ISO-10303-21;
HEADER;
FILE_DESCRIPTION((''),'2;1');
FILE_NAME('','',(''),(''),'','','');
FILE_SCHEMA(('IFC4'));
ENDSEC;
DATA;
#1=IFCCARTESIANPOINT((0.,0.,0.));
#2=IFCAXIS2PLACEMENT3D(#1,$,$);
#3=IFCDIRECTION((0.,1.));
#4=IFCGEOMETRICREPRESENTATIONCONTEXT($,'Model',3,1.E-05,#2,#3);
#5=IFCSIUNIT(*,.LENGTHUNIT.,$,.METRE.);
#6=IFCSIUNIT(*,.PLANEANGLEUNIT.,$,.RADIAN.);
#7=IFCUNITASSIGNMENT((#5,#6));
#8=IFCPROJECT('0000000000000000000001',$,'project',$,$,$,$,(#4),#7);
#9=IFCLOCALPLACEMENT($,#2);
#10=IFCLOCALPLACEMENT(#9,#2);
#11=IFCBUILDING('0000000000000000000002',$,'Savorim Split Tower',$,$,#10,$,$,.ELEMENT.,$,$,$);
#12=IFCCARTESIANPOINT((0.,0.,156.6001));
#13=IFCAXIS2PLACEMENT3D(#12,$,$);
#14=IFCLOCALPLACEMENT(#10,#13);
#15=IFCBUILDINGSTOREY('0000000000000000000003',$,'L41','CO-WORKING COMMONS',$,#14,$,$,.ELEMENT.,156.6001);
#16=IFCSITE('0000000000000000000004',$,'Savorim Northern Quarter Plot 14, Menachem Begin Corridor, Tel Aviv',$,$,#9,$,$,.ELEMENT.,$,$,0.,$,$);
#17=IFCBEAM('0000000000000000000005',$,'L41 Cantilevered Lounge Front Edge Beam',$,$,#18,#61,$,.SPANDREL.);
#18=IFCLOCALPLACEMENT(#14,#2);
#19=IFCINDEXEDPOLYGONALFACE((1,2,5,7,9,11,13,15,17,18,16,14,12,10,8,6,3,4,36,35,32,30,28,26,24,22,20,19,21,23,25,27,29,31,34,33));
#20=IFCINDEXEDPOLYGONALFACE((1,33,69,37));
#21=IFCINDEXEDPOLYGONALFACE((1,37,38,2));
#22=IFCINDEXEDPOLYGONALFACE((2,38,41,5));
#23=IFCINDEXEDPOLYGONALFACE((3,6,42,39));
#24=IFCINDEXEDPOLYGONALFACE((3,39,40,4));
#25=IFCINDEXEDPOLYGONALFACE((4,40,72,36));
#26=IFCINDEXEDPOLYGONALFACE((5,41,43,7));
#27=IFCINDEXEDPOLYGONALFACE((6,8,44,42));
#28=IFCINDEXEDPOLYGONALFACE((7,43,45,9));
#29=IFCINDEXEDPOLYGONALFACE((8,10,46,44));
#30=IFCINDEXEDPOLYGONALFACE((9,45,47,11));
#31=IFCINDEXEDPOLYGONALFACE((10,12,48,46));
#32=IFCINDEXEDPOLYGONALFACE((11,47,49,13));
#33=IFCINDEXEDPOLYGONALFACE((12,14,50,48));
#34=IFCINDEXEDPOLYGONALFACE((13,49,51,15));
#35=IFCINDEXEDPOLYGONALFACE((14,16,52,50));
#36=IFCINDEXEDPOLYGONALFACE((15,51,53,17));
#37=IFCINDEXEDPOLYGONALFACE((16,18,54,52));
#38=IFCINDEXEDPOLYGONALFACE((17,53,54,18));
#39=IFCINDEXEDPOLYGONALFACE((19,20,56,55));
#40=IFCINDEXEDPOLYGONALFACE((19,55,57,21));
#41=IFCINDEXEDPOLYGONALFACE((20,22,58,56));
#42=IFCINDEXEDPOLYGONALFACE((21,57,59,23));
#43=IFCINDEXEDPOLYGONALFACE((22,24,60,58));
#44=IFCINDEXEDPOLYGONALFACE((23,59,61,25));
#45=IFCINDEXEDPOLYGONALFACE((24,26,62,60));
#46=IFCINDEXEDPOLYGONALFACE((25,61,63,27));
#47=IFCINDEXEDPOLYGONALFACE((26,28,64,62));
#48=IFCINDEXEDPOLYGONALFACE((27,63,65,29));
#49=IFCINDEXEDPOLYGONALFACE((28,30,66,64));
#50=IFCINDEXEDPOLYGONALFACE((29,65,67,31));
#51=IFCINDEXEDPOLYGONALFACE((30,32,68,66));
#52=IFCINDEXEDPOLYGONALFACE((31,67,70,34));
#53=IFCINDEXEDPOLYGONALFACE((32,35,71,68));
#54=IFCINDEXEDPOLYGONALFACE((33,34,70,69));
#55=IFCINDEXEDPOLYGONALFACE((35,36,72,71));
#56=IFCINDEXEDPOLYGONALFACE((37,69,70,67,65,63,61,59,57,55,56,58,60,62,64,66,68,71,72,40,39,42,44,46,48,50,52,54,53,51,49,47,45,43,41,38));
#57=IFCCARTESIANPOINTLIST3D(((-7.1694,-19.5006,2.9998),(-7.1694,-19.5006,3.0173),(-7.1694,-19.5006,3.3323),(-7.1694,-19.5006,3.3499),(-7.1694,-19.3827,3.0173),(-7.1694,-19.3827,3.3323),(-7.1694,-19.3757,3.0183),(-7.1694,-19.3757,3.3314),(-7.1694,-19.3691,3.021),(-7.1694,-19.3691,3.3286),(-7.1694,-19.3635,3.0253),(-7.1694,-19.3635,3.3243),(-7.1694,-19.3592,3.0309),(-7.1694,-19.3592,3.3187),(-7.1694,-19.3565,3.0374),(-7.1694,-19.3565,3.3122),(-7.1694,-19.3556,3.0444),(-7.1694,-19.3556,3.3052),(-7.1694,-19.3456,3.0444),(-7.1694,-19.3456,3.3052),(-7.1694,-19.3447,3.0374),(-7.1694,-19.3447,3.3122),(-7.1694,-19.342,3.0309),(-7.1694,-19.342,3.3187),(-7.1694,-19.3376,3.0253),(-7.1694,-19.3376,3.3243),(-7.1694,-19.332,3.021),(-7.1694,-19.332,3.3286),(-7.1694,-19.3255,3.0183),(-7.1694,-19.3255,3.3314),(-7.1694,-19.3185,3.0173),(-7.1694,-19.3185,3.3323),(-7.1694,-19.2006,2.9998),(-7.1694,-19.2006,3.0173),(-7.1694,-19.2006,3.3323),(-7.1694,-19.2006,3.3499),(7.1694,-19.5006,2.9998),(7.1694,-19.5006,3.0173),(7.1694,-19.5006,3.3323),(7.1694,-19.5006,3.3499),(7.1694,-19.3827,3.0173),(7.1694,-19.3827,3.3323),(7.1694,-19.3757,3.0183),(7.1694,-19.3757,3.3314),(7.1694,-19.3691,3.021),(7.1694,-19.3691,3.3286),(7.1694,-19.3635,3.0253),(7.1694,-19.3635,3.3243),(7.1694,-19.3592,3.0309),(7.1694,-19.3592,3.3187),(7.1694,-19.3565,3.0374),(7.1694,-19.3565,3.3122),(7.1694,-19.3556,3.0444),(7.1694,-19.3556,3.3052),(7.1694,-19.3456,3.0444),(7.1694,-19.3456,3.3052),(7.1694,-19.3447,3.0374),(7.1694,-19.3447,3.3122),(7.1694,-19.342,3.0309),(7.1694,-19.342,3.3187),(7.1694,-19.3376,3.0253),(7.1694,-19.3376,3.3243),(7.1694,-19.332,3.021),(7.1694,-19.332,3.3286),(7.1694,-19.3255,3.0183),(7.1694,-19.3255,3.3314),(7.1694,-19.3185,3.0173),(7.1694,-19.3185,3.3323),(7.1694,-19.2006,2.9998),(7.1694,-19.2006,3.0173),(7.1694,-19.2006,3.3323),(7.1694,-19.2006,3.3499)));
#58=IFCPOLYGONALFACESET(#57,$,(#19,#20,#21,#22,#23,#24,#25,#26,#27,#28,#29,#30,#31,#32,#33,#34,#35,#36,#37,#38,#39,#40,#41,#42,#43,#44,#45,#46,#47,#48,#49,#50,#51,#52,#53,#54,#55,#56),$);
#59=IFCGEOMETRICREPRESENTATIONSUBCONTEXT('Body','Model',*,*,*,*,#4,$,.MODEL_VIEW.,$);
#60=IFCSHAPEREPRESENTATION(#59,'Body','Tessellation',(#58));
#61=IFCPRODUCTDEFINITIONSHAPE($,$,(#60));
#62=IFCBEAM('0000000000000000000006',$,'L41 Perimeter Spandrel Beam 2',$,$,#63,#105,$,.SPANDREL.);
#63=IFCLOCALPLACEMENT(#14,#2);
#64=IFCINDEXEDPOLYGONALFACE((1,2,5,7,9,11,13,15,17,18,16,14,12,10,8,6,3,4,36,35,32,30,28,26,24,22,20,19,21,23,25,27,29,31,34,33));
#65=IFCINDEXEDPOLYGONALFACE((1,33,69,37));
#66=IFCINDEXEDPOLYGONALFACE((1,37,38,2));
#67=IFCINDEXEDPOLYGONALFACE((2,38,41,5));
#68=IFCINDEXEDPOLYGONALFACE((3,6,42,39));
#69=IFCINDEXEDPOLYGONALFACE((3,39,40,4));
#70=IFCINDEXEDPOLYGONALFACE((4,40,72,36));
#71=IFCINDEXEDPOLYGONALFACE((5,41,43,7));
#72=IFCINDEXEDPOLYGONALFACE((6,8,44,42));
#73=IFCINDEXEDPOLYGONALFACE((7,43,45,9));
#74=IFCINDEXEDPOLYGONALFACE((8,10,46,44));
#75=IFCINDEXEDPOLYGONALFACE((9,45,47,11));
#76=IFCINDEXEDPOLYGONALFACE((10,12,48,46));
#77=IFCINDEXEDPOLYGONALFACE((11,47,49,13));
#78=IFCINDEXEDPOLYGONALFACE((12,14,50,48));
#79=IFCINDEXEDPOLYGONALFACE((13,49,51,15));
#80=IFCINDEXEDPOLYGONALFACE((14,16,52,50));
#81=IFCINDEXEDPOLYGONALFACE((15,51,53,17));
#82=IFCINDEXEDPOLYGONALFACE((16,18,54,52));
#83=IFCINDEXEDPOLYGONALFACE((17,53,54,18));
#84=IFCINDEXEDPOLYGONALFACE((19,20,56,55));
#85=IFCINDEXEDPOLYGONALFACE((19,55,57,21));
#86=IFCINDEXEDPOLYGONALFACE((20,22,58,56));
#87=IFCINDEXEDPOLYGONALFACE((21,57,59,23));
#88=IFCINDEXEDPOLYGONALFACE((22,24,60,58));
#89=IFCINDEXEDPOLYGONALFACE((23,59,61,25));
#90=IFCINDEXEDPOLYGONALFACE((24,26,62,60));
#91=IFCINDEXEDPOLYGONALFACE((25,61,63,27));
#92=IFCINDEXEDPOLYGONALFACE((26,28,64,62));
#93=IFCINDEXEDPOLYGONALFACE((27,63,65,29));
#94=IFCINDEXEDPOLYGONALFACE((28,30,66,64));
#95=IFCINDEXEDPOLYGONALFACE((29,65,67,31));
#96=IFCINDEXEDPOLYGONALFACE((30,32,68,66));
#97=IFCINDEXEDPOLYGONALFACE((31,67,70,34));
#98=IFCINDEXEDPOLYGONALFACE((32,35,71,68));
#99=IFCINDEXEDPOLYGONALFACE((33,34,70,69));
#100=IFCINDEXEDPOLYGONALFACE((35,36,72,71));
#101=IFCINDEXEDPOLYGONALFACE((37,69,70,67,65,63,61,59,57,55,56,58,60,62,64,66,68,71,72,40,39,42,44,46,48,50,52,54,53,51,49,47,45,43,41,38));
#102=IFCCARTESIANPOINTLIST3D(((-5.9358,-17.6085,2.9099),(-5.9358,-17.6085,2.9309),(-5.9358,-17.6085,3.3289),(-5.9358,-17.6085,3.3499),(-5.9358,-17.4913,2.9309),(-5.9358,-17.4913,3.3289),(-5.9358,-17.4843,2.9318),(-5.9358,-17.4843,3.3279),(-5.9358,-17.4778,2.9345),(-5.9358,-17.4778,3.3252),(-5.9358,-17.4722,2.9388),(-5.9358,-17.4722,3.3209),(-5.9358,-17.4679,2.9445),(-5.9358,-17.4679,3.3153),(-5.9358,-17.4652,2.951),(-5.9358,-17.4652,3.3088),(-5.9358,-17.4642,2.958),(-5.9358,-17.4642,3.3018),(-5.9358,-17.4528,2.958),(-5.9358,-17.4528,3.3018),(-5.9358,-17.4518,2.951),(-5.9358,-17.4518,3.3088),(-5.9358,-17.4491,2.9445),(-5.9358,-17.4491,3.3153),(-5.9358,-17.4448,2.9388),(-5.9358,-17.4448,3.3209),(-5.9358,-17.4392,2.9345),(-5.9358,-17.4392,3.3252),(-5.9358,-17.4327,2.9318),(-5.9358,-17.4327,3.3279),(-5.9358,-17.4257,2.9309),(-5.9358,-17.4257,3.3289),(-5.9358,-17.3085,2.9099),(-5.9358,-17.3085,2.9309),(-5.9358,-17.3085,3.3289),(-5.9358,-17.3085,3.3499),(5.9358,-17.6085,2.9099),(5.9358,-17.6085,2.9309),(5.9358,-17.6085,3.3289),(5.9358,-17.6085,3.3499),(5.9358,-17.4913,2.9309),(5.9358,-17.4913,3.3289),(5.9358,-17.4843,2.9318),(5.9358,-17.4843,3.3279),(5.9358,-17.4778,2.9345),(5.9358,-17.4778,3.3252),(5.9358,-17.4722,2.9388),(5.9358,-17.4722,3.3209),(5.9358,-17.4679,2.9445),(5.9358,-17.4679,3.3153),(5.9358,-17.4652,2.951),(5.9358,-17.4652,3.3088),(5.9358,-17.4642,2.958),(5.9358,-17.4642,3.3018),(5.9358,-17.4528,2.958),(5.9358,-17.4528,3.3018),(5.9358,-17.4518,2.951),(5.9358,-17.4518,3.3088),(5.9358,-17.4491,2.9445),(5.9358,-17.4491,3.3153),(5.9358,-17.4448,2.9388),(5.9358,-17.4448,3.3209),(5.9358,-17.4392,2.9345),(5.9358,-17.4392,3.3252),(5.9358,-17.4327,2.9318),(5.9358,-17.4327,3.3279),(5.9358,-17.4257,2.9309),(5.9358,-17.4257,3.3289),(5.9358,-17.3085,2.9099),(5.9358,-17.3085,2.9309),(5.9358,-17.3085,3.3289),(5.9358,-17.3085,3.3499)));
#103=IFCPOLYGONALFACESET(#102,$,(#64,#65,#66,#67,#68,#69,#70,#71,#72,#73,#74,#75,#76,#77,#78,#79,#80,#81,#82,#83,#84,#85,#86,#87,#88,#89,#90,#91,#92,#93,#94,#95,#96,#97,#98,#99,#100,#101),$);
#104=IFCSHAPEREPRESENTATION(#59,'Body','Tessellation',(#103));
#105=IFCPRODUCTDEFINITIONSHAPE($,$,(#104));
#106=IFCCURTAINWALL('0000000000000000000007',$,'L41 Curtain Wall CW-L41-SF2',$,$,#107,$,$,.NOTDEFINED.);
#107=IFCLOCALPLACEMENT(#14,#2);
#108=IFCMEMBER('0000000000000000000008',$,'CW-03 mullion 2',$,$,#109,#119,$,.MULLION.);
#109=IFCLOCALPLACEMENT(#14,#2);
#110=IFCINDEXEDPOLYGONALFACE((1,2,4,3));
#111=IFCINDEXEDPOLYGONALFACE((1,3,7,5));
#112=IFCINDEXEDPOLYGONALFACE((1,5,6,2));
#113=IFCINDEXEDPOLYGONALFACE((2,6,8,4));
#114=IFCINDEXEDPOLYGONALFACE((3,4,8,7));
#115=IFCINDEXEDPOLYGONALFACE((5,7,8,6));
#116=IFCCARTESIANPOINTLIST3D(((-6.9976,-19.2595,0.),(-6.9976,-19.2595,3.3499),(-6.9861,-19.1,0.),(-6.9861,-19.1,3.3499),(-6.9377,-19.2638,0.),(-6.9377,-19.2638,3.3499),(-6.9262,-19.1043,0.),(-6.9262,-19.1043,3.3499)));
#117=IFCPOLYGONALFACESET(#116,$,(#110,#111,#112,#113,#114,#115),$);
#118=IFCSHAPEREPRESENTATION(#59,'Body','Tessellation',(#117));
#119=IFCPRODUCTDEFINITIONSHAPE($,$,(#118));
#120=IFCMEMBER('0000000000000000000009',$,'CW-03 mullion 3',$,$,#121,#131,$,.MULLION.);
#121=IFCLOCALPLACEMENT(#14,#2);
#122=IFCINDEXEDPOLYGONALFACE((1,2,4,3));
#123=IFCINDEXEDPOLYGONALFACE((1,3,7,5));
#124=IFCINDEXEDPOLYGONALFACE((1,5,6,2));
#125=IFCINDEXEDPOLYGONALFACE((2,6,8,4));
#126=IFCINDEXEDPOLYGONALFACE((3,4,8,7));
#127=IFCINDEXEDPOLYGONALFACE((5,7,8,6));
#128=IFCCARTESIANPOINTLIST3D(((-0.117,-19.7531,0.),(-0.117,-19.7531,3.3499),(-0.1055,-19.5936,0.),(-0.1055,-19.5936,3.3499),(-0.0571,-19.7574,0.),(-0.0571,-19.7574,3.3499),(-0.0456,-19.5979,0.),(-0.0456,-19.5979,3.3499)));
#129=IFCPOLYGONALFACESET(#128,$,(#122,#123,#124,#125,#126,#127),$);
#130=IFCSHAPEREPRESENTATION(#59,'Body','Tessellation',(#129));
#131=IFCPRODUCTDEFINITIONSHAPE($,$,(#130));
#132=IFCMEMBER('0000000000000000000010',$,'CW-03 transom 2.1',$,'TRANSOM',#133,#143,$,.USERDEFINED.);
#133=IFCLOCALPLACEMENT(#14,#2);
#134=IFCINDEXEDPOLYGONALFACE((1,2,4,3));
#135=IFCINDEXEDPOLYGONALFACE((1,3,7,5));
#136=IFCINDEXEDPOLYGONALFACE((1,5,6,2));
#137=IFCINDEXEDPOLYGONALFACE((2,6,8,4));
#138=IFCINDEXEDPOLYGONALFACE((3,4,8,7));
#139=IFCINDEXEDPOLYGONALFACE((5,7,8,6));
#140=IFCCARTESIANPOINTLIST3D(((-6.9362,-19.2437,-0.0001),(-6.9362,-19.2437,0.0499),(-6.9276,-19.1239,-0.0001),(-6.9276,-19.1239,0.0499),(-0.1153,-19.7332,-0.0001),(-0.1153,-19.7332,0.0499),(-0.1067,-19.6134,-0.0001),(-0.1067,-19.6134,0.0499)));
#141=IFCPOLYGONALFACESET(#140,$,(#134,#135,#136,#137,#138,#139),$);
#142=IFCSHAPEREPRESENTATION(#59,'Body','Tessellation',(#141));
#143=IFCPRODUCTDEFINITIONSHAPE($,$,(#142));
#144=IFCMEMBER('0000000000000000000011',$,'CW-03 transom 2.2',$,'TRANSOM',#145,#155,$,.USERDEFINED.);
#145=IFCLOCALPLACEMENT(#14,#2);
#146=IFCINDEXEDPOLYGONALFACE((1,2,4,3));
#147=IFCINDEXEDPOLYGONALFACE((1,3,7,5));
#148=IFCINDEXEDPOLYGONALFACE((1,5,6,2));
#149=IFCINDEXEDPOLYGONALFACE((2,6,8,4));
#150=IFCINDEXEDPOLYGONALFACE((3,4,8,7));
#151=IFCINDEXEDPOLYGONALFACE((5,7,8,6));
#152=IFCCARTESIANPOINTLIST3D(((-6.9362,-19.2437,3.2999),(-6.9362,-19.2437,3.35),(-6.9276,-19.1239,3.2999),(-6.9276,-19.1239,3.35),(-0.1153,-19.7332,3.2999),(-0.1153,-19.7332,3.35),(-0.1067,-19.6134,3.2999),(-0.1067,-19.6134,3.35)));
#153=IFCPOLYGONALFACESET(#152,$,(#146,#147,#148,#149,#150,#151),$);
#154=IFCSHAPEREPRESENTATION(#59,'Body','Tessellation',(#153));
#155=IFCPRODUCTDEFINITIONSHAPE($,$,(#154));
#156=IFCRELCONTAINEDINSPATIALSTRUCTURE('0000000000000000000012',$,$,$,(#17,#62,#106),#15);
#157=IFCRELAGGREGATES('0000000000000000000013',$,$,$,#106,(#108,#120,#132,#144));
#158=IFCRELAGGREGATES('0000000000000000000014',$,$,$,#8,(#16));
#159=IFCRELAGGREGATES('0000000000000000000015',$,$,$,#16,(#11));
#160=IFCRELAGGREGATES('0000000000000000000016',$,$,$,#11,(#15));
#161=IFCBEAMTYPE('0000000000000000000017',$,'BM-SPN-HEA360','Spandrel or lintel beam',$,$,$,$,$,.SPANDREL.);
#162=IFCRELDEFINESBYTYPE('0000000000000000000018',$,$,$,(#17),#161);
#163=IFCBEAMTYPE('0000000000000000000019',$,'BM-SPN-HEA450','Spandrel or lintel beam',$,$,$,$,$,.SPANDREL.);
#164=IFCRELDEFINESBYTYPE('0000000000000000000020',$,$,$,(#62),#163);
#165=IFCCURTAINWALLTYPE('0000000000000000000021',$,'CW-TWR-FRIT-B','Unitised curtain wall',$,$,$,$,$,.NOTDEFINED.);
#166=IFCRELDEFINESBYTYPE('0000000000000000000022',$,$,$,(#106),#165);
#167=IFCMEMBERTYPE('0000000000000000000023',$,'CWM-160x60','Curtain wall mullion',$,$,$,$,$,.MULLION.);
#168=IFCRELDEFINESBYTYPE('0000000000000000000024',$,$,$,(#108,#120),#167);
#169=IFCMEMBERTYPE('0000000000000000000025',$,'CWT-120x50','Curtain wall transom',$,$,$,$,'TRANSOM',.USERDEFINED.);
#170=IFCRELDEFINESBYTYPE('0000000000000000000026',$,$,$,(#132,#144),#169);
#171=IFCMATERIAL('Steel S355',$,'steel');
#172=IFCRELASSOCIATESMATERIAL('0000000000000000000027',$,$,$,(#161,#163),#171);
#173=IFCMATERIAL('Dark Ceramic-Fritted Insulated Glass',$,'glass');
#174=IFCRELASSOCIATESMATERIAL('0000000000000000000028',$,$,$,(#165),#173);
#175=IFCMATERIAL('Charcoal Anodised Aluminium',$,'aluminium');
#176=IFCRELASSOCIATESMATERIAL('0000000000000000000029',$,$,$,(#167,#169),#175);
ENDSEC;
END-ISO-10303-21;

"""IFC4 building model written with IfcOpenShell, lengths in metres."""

from ifc_helpers import new_model, si_unit, direction, frame, origin, origin_2d, place, context, subcontext, project, spatial, rectangle, i_section, extrude, material, material_profile, profile_set, type_object, element, aggregate, save


model = new_model("IFC4")

# Units and contexts
model_context = context("Model", 3, precision=1e-05, world=origin(), true_north=direction((0.0, 1.0)))
body_context = subcontext(model_context, "Body", "Model", "MODEL_VIEW")
ifc_project = project(units=[si_unit("LENGTHUNIT", "METRE"), si_unit("PLANEANGLEUNIT", "RADIAN")], contexts=[model_context])

# Site, building, storey
site_placement = place(None, origin())
site = spatial("IfcSite", under=ifc_project, at=site_placement, Name="Savorim Northern Quarter Plot 14, Menachem Begin Corridor, Tel Aviv", CompositionType="ELEMENT", RefElevation=0.0)
building_placement = place(site_placement, origin())
building = spatial("IfcBuilding", under=site, at=building_placement, Name="Savorim Split Tower", CompositionType="ELEMENT")
storey_placement = place(building_placement, frame((0.0, 0.0, 156.6001)))
storey = spatial("IfcBuildingStorey", under=building, at=storey_placement, Name="L41", Description="CO-WORKING COMMONS", CompositionType="ELEMENT", Elevation=156.6001)

# Beams
ifc_material_1 = material(Name="Steel S355", Category="steel")
ifc_material_profile_1 = material_profile(ifc_material_1, i_section(OverallWidth=0.3, OverallDepth=0.3501, WebThickness=0.01, FlangeThickness=0.0176, FilletRadius=0.0271, at=origin_2d()), Name="HEA 360")
ifc_profile_set_1 = profile_set([ifc_material_profile_1], Name="Steel S355")
beam_type_1 = type_object("IfcBeamType", Name="BM-SPN-HEA360", Description="Spandrel or lintel beam", PredefinedType="SPANDREL", material=ifc_profile_set_1)
beam_1_placement = place(storey_placement, frame((-7.1694, -19.3506, 3.1748), z_axis=(1.0, 0.0, 0.0), x_axis=(0.0, 1.0, 0.0)))
element("IfcBeam", 1, at=beam_1_placement, inside=storey, type_object=beam_type_1, Name="L41 Cantilevered Lounge Front Edge Beam", PredefinedType="SPANDREL", context=body_context, shape_type="SweptSolid", body=[
    extrude(i_section(OverallWidth=0.3, OverallDepth=0.3501, WebThickness=0.01, FlangeThickness=0.0176, FilletRadius=0.0271, at=origin_2d()), origin(), (0.0, 0.0, 1.0), 14.3389),
])
ifc_material_profile_2 = material_profile(ifc_material_1, i_section(OverallWidth=0.3, OverallDepth=0.4399, WebThickness=0.0115, FlangeThickness=0.021, FilletRadius=0.0271, at=origin_2d()), Name="HEA 450")
ifc_profile_set_2 = profile_set([ifc_material_profile_2], Name="Steel S355")
beam_type_2 = type_object("IfcBeamType", Name="BM-SPN-HEA450", Description="Spandrel or lintel beam", PredefinedType="SPANDREL", material=ifc_profile_set_2)
beam_2_placement = place(storey_placement, frame((-5.9358, -17.4585, 3.1299), z_axis=(1.0, 0.0, 0.0), x_axis=(0.0, 1.0, 0.0)))
element("IfcBeam", 2, at=beam_2_placement, inside=storey, type_object=beam_type_2, Name="L41 Perimeter Spandrel Beam 2", PredefinedType="SPANDREL", context=body_context, shape_type="SweptSolid", body=[
    extrude(i_section(OverallWidth=0.3, OverallDepth=0.4399, WebThickness=0.0115, FlangeThickness=0.021, FilletRadius=0.0271, at=origin_2d()), origin(), (0.0, 0.0, 1.0), 11.8716),
])

# Curtain wall, members
ifc_material_2 = material(Name="Dark Ceramic-Fritted Insulated Glass", Category="glass")
curtain_wall_type = type_object("IfcCurtainWallType", Name="CW-TWR-FRIT-B", Description="Unitised curtain wall", PredefinedType="NOTDEFINED", material=ifc_material_2)
curtain_wall_placement = place(storey_placement, origin())
curtain_wall = element("IfcCurtainWall", 3, at=curtain_wall_placement, inside=storey, type_object=curtain_wall_type, Name="L41 Curtain Wall CW-L41-SF2", PredefinedType="NOTDEFINED")
ifc_material_3 = material(Name="Charcoal Anodised Aluminium", Category="aluminium")
ifc_material_profile_3 = material_profile(ifc_material_3, rectangle(XDim=0.1599, YDim=0.0601, at=origin_2d()), Name="ALU-M 160x60")
ifc_profile_set_3 = profile_set([ifc_material_profile_3], Name="Charcoal Anodised Aluminium")
member_type_1 = type_object("IfcMemberType", Name="CWM-160x60", Description="Curtain wall mullion", PredefinedType="MULLION", material=ifc_profile_set_3)
member_1_placement = place(storey_placement, frame((-6.9619, -19.1819, 0.0), z_axis=(0.0, 0.0, 1.0), x_axis=(0.071561, 0.997436, 0.0)))
member_1 = element("IfcMember", 4, at=member_1_placement, type_object=member_type_1, Name="CW-03 mullion 2", PredefinedType="MULLION", context=body_context, shape_type="SweptSolid", body=[
    extrude(rectangle(XDim=0.1599, YDim=0.0601, at=origin_2d()), origin(), (0.0, 0.0, 1.0), 3.3499),
])
member_2_placement = place(storey_placement, frame((-0.0813, -19.6755, 0.0), z_axis=(0.0, 0.0, 1.0), x_axis=(0.071561, 0.997436, 0.0)))
member_2 = element("IfcMember", 5, at=member_2_placement, type_object=member_type_1, Name="CW-03 mullion 3", PredefinedType="MULLION", context=body_context, shape_type="SweptSolid", body=[
    extrude(rectangle(XDim=0.1599, YDim=0.0601, at=origin_2d()), origin(), (0.0, 0.0, 1.0), 3.3499),
])
ifc_material_profile_4 = material_profile(ifc_material_3, rectangle(XDim=0.1201, YDim=0.05, at=origin_2d()), Name="ALU-T 120x50")
ifc_profile_set_4 = profile_set([ifc_material_profile_4], Name="Charcoal Anodised Aluminium")
member_type_2 = type_object("IfcMemberType", Name="CWT-120x50", Description="Curtain wall transom", ElementType="TRANSOM", PredefinedType="USERDEFINED", material=ifc_profile_set_4)
member_3_placement = place(storey_placement, frame((-6.9319, -19.1838, 0.0249), z_axis=(0.997435, -0.071582, 0.0), x_axis=(0.071582, 0.997435, 0.0)))
member_3 = element("IfcMember", 6, at=member_3_placement, type_object=member_type_2, Name="CW-03 transom 2.1", ObjectType="TRANSOM", PredefinedType="USERDEFINED", context=body_context, shape_type="SweptSolid", body=[
    extrude(rectangle(XDim=0.1201, YDim=0.05, at=origin_2d()), origin(), (0.0, 0.0, 1.0), 6.8384),
])
member_4_placement = place(storey_placement, frame((-6.9319, -19.1838, 3.325), z_axis=(0.997435, -0.071582, 0.0), x_axis=(0.071582, 0.997435, 0.0)))
member_4 = element("IfcMember", 7, at=member_4_placement, type_object=member_type_2, Name="CW-03 transom 2.2", ObjectType="TRANSOM", PredefinedType="USERDEFINED", context=body_context, shape_type="SweptSolid", body=[
    extrude(rectangle(XDim=0.1201, YDim=0.05, at=origin_2d()), origin(), (0.0, 0.0, 1.0), 6.8384),
])

aggregate(curtain_wall, [member_1, member_2, member_3, member_4])

save(model, "model.ifc")
